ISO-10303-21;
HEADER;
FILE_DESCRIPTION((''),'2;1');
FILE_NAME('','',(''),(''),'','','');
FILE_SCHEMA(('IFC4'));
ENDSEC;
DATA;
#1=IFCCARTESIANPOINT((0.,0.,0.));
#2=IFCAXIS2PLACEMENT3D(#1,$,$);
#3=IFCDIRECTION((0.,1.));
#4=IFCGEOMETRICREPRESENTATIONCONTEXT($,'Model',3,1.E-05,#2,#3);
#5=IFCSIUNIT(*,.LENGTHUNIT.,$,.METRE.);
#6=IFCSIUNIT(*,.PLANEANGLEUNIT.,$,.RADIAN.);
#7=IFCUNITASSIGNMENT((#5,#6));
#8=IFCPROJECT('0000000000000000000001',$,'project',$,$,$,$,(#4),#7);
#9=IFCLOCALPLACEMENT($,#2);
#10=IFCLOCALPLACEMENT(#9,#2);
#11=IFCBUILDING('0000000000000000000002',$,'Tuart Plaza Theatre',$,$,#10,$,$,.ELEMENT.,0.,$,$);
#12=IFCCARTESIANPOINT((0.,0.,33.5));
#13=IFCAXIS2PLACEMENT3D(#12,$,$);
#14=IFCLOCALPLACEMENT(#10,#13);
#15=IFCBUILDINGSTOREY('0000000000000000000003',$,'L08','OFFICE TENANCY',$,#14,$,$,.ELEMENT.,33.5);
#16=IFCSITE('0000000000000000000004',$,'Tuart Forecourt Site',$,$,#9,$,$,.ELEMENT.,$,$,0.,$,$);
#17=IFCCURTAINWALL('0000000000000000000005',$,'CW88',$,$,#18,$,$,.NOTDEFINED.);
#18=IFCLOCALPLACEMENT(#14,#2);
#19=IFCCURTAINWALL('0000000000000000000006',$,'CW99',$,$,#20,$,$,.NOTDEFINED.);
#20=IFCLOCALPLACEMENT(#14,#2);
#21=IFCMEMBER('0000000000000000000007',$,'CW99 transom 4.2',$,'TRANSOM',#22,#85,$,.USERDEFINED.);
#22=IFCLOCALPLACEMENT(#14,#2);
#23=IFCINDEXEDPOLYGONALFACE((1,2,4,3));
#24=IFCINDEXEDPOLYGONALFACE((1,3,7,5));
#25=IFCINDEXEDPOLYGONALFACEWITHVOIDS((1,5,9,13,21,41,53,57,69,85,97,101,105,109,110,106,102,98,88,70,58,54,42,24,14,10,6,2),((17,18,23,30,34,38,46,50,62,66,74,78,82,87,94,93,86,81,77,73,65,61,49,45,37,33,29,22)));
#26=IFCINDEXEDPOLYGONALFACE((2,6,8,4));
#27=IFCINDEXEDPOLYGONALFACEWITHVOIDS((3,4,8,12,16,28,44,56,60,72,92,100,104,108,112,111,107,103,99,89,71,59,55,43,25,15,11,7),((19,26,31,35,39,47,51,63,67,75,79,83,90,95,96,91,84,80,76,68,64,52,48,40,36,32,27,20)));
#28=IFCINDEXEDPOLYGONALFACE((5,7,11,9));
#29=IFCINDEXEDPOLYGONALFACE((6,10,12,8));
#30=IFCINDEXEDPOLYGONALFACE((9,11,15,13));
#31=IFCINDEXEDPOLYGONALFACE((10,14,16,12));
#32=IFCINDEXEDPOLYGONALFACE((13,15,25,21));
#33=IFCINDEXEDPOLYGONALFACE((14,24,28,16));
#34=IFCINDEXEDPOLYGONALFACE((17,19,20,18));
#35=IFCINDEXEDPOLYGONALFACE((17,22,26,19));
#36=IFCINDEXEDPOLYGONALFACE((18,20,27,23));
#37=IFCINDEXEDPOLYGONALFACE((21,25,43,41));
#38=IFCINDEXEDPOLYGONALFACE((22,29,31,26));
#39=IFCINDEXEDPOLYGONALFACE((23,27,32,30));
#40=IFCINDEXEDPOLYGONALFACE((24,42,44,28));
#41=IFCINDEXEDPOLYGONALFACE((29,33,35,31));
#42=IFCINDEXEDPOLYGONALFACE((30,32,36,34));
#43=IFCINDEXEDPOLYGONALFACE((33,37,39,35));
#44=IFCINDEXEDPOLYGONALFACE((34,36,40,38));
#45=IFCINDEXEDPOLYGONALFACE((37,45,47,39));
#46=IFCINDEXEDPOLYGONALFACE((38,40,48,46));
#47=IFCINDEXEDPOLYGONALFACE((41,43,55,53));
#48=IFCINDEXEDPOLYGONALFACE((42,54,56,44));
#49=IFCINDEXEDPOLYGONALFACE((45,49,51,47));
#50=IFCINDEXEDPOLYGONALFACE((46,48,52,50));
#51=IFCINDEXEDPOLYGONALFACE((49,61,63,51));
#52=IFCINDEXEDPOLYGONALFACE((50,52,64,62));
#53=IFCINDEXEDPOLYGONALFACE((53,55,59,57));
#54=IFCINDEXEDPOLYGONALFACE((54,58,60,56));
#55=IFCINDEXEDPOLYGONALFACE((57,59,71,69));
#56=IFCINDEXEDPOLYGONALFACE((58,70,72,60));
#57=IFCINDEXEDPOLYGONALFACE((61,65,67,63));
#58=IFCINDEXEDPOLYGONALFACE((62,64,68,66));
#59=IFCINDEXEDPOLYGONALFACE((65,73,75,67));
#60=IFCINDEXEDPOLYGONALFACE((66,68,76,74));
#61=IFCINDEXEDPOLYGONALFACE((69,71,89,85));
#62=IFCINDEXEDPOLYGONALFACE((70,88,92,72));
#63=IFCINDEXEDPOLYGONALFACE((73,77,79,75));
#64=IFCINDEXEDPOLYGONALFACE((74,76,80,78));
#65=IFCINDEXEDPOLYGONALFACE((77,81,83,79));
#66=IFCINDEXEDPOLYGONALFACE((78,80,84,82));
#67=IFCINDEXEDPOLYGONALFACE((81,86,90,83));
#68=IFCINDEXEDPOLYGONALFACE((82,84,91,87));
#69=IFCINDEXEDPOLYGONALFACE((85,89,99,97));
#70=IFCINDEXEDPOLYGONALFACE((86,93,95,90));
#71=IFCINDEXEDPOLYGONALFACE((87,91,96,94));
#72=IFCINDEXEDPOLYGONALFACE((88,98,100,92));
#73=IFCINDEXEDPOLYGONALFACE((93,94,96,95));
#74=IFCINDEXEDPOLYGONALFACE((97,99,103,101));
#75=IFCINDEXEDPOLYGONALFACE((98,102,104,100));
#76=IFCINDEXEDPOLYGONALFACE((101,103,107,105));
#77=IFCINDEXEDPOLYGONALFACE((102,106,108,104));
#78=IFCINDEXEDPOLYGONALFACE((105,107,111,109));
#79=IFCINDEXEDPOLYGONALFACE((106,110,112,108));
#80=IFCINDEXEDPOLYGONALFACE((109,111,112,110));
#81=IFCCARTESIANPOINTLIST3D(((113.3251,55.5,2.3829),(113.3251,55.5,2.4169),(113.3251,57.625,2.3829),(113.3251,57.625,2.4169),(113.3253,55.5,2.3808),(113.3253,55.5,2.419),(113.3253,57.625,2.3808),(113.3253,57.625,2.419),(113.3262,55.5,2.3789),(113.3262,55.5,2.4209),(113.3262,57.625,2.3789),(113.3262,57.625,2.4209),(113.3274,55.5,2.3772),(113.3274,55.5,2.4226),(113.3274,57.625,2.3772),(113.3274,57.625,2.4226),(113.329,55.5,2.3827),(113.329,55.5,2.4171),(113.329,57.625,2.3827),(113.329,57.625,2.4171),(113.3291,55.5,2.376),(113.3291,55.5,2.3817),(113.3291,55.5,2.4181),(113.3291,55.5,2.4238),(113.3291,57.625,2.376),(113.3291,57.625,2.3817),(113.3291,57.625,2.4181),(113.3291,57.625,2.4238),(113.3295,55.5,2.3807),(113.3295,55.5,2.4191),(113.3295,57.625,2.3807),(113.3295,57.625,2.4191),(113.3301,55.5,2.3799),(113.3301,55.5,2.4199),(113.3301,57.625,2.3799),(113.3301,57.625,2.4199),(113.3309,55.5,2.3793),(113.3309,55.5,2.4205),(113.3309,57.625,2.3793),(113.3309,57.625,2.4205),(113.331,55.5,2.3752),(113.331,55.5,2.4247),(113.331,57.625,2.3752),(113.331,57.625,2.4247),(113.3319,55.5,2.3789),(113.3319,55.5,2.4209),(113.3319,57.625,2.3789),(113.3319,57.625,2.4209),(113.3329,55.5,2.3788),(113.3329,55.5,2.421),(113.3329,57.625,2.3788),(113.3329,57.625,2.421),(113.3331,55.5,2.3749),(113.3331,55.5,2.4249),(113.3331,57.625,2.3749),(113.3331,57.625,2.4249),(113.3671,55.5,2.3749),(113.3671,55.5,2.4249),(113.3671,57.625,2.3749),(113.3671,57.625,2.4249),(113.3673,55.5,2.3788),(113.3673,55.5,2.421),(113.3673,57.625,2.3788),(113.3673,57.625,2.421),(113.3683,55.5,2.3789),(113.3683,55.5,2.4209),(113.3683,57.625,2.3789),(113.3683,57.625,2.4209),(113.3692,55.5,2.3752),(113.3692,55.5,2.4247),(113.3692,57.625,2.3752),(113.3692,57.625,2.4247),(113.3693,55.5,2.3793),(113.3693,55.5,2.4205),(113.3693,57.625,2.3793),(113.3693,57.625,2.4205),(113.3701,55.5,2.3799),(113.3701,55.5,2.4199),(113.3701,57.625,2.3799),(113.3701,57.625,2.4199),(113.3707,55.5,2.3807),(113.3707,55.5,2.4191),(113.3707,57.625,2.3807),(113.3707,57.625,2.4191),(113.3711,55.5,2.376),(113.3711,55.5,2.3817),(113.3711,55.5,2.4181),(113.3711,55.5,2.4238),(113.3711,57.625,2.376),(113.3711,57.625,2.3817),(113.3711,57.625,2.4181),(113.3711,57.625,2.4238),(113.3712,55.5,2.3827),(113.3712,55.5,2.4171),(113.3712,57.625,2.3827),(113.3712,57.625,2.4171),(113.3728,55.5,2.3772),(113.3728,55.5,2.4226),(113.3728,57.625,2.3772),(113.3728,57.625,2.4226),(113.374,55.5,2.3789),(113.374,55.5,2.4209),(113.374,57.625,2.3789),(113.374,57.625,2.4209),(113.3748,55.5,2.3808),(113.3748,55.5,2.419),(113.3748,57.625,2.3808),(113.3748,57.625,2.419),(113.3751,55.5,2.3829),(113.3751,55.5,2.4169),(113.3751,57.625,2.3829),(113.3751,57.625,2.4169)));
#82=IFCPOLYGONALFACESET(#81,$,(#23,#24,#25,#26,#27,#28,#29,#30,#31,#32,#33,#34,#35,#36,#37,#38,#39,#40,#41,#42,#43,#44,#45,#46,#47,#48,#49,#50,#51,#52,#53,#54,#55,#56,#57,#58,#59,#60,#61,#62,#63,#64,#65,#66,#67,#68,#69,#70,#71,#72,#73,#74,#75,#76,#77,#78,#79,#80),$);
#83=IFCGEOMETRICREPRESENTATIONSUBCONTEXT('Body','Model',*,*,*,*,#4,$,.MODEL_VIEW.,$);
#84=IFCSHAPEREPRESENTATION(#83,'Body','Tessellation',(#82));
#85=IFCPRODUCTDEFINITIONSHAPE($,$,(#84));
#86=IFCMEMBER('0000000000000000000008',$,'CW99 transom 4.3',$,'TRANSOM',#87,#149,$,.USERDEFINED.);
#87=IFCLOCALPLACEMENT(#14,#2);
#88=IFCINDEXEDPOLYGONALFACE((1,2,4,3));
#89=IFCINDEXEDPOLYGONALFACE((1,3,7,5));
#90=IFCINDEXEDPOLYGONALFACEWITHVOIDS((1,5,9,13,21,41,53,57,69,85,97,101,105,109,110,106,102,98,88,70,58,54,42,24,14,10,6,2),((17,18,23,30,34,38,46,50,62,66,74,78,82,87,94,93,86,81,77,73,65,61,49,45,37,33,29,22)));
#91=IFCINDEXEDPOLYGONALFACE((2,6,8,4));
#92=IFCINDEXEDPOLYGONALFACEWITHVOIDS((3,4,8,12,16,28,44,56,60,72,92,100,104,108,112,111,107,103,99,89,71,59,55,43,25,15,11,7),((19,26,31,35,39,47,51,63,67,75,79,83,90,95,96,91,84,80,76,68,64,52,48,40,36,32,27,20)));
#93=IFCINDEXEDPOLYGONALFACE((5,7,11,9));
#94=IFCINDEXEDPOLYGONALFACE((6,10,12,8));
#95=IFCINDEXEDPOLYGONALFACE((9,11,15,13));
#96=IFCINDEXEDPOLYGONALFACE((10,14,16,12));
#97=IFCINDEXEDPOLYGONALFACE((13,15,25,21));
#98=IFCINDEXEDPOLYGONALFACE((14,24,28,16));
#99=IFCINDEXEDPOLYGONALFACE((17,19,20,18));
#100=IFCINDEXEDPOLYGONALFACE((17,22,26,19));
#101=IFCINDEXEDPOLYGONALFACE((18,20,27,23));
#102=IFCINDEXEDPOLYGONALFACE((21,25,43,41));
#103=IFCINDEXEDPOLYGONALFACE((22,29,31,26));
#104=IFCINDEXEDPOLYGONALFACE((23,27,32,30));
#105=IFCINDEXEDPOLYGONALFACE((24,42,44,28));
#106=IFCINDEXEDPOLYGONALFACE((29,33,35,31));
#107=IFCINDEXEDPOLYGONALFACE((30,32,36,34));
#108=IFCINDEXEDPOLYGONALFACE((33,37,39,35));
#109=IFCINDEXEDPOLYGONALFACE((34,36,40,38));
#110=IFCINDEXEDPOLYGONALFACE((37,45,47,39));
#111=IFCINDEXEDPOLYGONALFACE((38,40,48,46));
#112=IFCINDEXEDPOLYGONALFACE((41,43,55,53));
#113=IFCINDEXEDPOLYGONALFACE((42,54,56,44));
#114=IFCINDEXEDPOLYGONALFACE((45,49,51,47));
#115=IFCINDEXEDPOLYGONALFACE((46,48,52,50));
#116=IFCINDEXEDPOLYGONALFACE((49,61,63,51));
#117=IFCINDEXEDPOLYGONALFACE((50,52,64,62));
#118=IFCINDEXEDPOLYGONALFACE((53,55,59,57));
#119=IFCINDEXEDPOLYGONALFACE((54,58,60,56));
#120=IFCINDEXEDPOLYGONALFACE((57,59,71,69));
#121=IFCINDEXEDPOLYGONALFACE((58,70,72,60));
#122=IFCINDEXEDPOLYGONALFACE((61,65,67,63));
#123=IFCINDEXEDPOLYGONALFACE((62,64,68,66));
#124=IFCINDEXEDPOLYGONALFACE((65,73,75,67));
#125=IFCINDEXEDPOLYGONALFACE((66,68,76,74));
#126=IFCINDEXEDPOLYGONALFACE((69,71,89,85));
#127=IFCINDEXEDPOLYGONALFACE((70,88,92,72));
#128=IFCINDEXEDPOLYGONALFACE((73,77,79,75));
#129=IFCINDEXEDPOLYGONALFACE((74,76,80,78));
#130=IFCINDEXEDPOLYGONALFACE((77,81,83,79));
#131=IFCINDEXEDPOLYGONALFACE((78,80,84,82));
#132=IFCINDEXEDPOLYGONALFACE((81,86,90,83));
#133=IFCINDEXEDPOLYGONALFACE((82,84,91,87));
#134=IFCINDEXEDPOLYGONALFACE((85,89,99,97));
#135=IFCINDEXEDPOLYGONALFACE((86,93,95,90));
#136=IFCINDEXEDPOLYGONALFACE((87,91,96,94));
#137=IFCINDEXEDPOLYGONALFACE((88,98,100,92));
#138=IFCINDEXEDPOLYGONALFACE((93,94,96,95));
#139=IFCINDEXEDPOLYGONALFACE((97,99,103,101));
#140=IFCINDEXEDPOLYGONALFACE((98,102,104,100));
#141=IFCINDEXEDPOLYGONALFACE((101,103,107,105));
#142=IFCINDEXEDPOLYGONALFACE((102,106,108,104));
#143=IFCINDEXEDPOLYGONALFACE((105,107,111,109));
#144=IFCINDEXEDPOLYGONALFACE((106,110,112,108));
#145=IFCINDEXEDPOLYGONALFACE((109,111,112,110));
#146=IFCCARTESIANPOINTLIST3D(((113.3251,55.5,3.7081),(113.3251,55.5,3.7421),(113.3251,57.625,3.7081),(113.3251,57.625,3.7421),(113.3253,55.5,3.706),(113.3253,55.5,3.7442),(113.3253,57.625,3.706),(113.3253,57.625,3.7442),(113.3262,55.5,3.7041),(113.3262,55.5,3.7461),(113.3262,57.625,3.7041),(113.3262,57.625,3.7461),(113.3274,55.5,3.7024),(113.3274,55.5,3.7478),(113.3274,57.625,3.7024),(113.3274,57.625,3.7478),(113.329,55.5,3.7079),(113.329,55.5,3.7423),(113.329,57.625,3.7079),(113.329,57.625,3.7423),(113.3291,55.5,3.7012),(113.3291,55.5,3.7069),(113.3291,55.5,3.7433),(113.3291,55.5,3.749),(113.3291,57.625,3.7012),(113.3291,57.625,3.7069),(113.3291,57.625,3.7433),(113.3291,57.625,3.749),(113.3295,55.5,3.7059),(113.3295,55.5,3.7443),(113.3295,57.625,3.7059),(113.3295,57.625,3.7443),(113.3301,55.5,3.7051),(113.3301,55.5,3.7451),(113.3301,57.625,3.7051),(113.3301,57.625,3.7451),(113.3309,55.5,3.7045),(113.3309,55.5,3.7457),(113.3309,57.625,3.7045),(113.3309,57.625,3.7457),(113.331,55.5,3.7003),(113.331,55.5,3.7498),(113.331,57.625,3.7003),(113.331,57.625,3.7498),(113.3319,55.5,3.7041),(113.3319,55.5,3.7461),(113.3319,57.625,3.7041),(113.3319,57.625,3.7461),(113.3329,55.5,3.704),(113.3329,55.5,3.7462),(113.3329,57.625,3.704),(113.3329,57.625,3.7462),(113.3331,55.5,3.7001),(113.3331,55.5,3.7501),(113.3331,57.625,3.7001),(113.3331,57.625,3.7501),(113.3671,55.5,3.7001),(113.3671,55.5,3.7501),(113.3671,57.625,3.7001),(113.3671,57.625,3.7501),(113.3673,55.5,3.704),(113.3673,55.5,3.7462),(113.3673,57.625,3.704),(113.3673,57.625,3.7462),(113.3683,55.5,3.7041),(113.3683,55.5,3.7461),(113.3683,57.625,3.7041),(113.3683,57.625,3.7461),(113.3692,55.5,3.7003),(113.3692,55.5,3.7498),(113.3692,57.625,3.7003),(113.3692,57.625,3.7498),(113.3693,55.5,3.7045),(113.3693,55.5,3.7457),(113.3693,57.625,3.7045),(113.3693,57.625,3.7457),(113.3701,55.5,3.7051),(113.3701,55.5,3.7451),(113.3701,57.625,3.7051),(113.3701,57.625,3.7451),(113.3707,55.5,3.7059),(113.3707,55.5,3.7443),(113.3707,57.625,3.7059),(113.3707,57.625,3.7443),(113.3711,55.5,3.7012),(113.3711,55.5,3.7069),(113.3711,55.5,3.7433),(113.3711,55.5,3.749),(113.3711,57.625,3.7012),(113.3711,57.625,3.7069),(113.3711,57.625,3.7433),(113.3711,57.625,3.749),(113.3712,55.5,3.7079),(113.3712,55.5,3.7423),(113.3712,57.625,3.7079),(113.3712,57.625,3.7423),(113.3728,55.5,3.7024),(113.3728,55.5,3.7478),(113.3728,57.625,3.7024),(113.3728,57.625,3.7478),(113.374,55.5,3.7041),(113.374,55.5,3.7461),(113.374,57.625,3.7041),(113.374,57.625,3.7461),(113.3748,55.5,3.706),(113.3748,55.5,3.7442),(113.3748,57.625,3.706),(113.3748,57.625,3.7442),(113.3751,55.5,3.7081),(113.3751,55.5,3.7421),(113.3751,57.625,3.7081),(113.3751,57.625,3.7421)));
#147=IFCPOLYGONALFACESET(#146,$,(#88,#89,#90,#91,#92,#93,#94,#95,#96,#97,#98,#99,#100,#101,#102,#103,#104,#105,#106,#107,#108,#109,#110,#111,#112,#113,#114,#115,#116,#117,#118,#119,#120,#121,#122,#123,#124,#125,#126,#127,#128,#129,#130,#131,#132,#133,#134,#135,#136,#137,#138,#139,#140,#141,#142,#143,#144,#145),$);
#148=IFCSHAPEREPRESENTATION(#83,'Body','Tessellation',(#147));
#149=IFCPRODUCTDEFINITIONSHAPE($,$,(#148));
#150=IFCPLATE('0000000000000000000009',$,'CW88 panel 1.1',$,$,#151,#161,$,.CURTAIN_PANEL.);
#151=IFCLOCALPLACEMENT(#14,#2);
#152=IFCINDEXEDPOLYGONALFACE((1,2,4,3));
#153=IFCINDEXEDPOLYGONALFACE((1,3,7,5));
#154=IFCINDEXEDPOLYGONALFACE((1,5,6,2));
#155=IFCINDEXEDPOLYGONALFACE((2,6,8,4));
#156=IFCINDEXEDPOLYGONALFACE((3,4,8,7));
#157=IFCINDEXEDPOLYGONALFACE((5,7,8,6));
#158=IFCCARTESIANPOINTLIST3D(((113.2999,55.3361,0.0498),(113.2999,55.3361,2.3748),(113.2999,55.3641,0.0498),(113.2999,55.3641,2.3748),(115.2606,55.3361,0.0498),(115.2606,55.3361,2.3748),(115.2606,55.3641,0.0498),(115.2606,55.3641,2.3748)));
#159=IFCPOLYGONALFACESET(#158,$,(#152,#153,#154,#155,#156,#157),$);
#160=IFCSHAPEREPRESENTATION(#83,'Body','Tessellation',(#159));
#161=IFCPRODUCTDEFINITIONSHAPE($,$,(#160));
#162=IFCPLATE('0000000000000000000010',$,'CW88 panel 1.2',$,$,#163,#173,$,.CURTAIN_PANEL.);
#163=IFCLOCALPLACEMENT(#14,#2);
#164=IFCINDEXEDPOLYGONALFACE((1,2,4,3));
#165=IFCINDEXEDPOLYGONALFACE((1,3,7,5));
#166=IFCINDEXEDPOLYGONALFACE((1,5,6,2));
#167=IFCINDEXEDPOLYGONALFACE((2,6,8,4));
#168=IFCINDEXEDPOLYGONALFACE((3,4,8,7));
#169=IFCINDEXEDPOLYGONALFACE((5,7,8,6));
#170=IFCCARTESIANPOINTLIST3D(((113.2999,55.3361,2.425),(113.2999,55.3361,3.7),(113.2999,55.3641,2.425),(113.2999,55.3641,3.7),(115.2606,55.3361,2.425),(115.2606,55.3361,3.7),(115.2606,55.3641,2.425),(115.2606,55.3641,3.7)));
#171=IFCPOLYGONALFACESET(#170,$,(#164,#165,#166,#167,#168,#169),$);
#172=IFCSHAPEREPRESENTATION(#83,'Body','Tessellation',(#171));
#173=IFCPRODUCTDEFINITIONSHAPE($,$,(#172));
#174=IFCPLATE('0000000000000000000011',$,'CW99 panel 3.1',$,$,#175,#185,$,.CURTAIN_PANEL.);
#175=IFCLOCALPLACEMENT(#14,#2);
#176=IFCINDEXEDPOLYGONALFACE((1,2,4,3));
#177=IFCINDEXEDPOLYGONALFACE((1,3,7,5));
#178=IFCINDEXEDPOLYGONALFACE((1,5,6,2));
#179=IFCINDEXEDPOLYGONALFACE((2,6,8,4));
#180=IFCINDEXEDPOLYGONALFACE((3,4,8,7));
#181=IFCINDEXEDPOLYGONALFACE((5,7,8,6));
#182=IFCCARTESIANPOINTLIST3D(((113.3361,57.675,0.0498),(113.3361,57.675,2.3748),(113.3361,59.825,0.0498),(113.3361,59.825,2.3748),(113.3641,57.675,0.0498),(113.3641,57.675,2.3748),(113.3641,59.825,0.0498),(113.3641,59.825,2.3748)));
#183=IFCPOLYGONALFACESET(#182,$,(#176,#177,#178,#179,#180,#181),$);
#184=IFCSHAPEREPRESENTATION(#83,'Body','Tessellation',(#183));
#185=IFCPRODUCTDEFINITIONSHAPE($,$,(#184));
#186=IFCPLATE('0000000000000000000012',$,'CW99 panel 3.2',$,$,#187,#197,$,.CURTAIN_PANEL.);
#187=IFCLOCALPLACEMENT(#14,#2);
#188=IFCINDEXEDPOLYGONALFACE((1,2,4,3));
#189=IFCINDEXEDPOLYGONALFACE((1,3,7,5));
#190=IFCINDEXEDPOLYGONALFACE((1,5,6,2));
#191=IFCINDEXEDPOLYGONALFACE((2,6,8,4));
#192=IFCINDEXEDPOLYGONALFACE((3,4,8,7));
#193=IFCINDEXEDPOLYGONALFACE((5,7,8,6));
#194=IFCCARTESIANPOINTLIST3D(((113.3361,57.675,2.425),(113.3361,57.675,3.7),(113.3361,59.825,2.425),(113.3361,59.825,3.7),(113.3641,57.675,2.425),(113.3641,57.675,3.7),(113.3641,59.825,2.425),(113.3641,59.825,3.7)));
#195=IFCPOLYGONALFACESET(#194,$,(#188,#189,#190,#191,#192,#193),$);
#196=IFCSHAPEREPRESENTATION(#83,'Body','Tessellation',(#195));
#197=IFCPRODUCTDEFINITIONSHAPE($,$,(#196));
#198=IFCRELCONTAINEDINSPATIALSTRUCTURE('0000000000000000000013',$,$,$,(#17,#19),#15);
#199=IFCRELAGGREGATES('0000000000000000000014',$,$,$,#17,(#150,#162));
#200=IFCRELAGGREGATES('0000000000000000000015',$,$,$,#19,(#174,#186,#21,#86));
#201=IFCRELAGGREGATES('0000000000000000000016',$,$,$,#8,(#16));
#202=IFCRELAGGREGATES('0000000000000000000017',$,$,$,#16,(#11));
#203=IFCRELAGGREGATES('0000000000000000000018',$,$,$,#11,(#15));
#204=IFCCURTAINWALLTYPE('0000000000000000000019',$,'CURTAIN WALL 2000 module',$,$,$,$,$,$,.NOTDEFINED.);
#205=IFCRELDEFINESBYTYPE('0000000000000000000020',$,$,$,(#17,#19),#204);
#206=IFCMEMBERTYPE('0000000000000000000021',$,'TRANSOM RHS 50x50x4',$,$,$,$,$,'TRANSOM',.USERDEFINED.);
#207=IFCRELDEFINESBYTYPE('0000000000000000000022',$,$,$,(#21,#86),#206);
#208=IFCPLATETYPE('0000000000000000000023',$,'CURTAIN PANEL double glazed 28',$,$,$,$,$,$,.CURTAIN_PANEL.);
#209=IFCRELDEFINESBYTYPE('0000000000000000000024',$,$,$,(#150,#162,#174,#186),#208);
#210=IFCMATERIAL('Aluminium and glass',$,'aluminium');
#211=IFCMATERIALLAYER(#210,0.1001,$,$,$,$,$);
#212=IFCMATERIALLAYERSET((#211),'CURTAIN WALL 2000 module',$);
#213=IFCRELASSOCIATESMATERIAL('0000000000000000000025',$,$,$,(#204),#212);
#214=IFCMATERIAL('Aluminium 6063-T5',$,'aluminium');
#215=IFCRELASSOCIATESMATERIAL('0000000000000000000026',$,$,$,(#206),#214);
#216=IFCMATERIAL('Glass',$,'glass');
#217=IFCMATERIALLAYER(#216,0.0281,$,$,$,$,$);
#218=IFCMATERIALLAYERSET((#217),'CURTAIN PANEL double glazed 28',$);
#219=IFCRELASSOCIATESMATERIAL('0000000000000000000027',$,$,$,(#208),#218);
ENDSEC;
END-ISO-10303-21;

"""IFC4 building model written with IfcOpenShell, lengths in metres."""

from ifc_helpers import new_model, si_unit, direction, frame, origin, origin_2d, place, context, subcontext, project, spatial, rectangle, hollow_rectangle, extrude, material, layer, layer_set, material_profile, profile_set, type_object, element, aggregate, save


model = new_model("IFC4")

# Units and contexts
model_context = context("Model", 3, precision=1e-05, world=origin(), true_north=direction((0.0, 1.0)))
body_context = subcontext(model_context, "Body", "Model", "MODEL_VIEW")
ifc_project = project(units=[si_unit("LENGTHUNIT", "METRE"), si_unit("PLANEANGLEUNIT", "RADIAN")], contexts=[model_context])

# Site, building, storey
site_placement = place(None, origin())
site = spatial("IfcSite", under=ifc_project, at=site_placement, Name="Tuart Forecourt Site", CompositionType="ELEMENT", RefElevation=0.0)
building_placement = place(site_placement, origin())
building = spatial("IfcBuilding", under=site, at=building_placement, Name="Tuart Plaza Theatre", CompositionType="ELEMENT", ElevationOfRefHeight=0.0)
storey_placement = place(building_placement, frame((0.0, 0.0, 33.5)))
storey = spatial("IfcBuildingStorey", under=building, at=storey_placement, Name="L08", Description="OFFICE TENANCY", CompositionType="ELEMENT", Elevation=33.5)

# Curtain walls
ifc_material_1 = material(Name="Aluminium and glass", Category="aluminium")
ifc_layer_1 = layer(ifc_material_1, 0.1001)
ifc_layer_set_1 = layer_set([ifc_layer_1], Name="CURTAIN WALL 2000 module")
curtain_wall_type = type_object("IfcCurtainWallType", Name="CURTAIN WALL 2000 module", PredefinedType="NOTDEFINED", material=ifc_layer_set_1)
curtain_wall_1_placement = place(storey_placement, origin())
curtain_wall_1 = element("IfcCurtainWall", 1, at=curtain_wall_1_placement, inside=storey, type_object=curtain_wall_type, Name="CW88", PredefinedType="NOTDEFINED")
curtain_wall_2_placement = place(storey_placement, origin())
curtain_wall_2 = element("IfcCurtainWall", 2, at=curtain_wall_2_placement, inside=storey, type_object=curtain_wall_type, Name="CW99", PredefinedType="NOTDEFINED")

# Members
ifc_material_2 = material(Name="Aluminium 6063-T5", Category="aluminium")
ifc_material_profile_1 = material_profile(ifc_material_2, hollow_rectangle(XDim=0.05, YDim=0.05, WallThickness=0.0039, InnerFilletRadius=0.0039, OuterFilletRadius=0.0081, at=origin_2d()), Name="RHS 50x50x4")
ifc_profile_set_1 = profile_set([ifc_material_profile_1], Name="Aluminium 6063-T5")
member_type_1 = type_object("IfcMemberType", Name="TRANSOM RHS 50x50x4", ElementType="TRANSOM", PredefinedType="USERDEFINED", material=ifc_profile_set_1)
member_1_placement = place(storey_placement, frame((113.3501, 57.625, 2.3999), z_axis=(0.0, -1.0, 0.0), x_axis=(1.0, 0.0, 0.0)))
member_1 = element("IfcMember", 3, at=member_1_placement, type_object=member_type_1, Name="CW99 transom 4.2", ObjectType="TRANSOM", PredefinedType="USERDEFINED", context=body_context, shape_type="SweptSolid", body=[
    extrude(hollow_rectangle(XDim=0.05, YDim=0.05, WallThickness=0.0039, InnerFilletRadius=0.0039, OuterFilletRadius=0.0081, at=origin_2d()), origin(), (0.0, 0.0, 1.0), 2.125),
])
member_2_placement = place(storey_placement, frame((113.3501, 57.625, 3.7251), z_axis=(0.0, -1.0, 0.0), x_axis=(1.0, 0.0, 0.0)))
member_2 = element("IfcMember", 4, at=member_2_placement, type_object=member_type_1, Name="CW99 transom 4.3", ObjectType="TRANSOM", PredefinedType="USERDEFINED", context=body_context, shape_type="SweptSolid", body=[
    extrude(hollow_rectangle(XDim=0.05, YDim=0.05, WallThickness=0.0039, InnerFilletRadius=0.0039, OuterFilletRadius=0.0081, at=origin_2d()), origin(), (0.0, 0.0, 1.0), 2.125),
])

# Plates
ifc_material_3 = material(Name="Glass", Category="glass")
ifc_layer_2 = layer(ifc_material_3, 0.0281)
ifc_layer_set_2 = layer_set([ifc_layer_2], Name="CURTAIN PANEL double glazed 28")
plate_type = type_object("IfcPlateType", Name="CURTAIN PANEL double glazed 28", PredefinedType="CURTAIN_PANEL", material=ifc_layer_set_2)
plate_1_placement = place(storey_placement, frame((114.2803, 55.3501, 0.0498), z_axis=(0.0, 0.0, 1.0), x_axis=(1.0, 0.0, 0.0)))
plate_1 = element("IfcPlate", 5, at=plate_1_placement, type_object=plate_type, Name="CW88 panel 1.1", PredefinedType="CURTAIN_PANEL", context=body_context, shape_type="SweptSolid", body=[
    extrude(rectangle(XDim=1.9607, YDim=0.0281, at=origin_2d()), origin(), (0.0, 0.0, 1.0), 2.325),
])
plate_2_placement = place(storey_placement, frame((114.2803, 55.3501, 2.425), z_axis=(0.0, 0.0, 1.0), x_axis=(1.0, 0.0, 0.0)))
plate_2 = element("IfcPlate", 6, at=plate_2_placement, type_object=plate_type, Name="CW88 panel 1.2", PredefinedType="CURTAIN_PANEL", context=body_context, shape_type="SweptSolid", body=[
    extrude(rectangle(XDim=1.9607, YDim=0.0281, at=origin_2d()), origin(), (0.0, 0.0, 1.0), 1.2749),
])
aggregate(curtain_wall_1, [plate_1, plate_2])
plate_3_placement = place(storey_placement, frame((113.3501, 58.75, 0.0498), z_axis=(0.0, 0.0, 1.0), x_axis=(0.0, -1.0, 0.0)))
plate_3 = element("IfcPlate", 7, at=plate_3_placement, type_object=plate_type, Name="CW99 panel 3.1", PredefinedType="CURTAIN_PANEL", context=body_context, shape_type="SweptSolid", body=[
    extrude(rectangle(XDim=2.1499, YDim=0.0281, at=origin_2d()), origin(), (0.0, 0.0, 1.0), 2.325),
])
plate_4_placement = place(storey_placement, frame((113.3501, 58.75, 2.425), z_axis=(0.0, 0.0, 1.0), x_axis=(0.0, -1.0, 0.0)))
plate_4 = element("IfcPlate", 8, at=plate_4_placement, type_object=plate_type, Name="CW99 panel 3.2", PredefinedType="CURTAIN_PANEL", context=body_context, shape_type="SweptSolid", body=[
    extrude(rectangle(XDim=2.1499, YDim=0.0281, at=origin_2d()), origin(), (0.0, 0.0, 1.0), 1.2749),
])
aggregate(curtain_wall_2, [plate_3, plate_4, member_1, member_2])

save(model, "model.ifc")
